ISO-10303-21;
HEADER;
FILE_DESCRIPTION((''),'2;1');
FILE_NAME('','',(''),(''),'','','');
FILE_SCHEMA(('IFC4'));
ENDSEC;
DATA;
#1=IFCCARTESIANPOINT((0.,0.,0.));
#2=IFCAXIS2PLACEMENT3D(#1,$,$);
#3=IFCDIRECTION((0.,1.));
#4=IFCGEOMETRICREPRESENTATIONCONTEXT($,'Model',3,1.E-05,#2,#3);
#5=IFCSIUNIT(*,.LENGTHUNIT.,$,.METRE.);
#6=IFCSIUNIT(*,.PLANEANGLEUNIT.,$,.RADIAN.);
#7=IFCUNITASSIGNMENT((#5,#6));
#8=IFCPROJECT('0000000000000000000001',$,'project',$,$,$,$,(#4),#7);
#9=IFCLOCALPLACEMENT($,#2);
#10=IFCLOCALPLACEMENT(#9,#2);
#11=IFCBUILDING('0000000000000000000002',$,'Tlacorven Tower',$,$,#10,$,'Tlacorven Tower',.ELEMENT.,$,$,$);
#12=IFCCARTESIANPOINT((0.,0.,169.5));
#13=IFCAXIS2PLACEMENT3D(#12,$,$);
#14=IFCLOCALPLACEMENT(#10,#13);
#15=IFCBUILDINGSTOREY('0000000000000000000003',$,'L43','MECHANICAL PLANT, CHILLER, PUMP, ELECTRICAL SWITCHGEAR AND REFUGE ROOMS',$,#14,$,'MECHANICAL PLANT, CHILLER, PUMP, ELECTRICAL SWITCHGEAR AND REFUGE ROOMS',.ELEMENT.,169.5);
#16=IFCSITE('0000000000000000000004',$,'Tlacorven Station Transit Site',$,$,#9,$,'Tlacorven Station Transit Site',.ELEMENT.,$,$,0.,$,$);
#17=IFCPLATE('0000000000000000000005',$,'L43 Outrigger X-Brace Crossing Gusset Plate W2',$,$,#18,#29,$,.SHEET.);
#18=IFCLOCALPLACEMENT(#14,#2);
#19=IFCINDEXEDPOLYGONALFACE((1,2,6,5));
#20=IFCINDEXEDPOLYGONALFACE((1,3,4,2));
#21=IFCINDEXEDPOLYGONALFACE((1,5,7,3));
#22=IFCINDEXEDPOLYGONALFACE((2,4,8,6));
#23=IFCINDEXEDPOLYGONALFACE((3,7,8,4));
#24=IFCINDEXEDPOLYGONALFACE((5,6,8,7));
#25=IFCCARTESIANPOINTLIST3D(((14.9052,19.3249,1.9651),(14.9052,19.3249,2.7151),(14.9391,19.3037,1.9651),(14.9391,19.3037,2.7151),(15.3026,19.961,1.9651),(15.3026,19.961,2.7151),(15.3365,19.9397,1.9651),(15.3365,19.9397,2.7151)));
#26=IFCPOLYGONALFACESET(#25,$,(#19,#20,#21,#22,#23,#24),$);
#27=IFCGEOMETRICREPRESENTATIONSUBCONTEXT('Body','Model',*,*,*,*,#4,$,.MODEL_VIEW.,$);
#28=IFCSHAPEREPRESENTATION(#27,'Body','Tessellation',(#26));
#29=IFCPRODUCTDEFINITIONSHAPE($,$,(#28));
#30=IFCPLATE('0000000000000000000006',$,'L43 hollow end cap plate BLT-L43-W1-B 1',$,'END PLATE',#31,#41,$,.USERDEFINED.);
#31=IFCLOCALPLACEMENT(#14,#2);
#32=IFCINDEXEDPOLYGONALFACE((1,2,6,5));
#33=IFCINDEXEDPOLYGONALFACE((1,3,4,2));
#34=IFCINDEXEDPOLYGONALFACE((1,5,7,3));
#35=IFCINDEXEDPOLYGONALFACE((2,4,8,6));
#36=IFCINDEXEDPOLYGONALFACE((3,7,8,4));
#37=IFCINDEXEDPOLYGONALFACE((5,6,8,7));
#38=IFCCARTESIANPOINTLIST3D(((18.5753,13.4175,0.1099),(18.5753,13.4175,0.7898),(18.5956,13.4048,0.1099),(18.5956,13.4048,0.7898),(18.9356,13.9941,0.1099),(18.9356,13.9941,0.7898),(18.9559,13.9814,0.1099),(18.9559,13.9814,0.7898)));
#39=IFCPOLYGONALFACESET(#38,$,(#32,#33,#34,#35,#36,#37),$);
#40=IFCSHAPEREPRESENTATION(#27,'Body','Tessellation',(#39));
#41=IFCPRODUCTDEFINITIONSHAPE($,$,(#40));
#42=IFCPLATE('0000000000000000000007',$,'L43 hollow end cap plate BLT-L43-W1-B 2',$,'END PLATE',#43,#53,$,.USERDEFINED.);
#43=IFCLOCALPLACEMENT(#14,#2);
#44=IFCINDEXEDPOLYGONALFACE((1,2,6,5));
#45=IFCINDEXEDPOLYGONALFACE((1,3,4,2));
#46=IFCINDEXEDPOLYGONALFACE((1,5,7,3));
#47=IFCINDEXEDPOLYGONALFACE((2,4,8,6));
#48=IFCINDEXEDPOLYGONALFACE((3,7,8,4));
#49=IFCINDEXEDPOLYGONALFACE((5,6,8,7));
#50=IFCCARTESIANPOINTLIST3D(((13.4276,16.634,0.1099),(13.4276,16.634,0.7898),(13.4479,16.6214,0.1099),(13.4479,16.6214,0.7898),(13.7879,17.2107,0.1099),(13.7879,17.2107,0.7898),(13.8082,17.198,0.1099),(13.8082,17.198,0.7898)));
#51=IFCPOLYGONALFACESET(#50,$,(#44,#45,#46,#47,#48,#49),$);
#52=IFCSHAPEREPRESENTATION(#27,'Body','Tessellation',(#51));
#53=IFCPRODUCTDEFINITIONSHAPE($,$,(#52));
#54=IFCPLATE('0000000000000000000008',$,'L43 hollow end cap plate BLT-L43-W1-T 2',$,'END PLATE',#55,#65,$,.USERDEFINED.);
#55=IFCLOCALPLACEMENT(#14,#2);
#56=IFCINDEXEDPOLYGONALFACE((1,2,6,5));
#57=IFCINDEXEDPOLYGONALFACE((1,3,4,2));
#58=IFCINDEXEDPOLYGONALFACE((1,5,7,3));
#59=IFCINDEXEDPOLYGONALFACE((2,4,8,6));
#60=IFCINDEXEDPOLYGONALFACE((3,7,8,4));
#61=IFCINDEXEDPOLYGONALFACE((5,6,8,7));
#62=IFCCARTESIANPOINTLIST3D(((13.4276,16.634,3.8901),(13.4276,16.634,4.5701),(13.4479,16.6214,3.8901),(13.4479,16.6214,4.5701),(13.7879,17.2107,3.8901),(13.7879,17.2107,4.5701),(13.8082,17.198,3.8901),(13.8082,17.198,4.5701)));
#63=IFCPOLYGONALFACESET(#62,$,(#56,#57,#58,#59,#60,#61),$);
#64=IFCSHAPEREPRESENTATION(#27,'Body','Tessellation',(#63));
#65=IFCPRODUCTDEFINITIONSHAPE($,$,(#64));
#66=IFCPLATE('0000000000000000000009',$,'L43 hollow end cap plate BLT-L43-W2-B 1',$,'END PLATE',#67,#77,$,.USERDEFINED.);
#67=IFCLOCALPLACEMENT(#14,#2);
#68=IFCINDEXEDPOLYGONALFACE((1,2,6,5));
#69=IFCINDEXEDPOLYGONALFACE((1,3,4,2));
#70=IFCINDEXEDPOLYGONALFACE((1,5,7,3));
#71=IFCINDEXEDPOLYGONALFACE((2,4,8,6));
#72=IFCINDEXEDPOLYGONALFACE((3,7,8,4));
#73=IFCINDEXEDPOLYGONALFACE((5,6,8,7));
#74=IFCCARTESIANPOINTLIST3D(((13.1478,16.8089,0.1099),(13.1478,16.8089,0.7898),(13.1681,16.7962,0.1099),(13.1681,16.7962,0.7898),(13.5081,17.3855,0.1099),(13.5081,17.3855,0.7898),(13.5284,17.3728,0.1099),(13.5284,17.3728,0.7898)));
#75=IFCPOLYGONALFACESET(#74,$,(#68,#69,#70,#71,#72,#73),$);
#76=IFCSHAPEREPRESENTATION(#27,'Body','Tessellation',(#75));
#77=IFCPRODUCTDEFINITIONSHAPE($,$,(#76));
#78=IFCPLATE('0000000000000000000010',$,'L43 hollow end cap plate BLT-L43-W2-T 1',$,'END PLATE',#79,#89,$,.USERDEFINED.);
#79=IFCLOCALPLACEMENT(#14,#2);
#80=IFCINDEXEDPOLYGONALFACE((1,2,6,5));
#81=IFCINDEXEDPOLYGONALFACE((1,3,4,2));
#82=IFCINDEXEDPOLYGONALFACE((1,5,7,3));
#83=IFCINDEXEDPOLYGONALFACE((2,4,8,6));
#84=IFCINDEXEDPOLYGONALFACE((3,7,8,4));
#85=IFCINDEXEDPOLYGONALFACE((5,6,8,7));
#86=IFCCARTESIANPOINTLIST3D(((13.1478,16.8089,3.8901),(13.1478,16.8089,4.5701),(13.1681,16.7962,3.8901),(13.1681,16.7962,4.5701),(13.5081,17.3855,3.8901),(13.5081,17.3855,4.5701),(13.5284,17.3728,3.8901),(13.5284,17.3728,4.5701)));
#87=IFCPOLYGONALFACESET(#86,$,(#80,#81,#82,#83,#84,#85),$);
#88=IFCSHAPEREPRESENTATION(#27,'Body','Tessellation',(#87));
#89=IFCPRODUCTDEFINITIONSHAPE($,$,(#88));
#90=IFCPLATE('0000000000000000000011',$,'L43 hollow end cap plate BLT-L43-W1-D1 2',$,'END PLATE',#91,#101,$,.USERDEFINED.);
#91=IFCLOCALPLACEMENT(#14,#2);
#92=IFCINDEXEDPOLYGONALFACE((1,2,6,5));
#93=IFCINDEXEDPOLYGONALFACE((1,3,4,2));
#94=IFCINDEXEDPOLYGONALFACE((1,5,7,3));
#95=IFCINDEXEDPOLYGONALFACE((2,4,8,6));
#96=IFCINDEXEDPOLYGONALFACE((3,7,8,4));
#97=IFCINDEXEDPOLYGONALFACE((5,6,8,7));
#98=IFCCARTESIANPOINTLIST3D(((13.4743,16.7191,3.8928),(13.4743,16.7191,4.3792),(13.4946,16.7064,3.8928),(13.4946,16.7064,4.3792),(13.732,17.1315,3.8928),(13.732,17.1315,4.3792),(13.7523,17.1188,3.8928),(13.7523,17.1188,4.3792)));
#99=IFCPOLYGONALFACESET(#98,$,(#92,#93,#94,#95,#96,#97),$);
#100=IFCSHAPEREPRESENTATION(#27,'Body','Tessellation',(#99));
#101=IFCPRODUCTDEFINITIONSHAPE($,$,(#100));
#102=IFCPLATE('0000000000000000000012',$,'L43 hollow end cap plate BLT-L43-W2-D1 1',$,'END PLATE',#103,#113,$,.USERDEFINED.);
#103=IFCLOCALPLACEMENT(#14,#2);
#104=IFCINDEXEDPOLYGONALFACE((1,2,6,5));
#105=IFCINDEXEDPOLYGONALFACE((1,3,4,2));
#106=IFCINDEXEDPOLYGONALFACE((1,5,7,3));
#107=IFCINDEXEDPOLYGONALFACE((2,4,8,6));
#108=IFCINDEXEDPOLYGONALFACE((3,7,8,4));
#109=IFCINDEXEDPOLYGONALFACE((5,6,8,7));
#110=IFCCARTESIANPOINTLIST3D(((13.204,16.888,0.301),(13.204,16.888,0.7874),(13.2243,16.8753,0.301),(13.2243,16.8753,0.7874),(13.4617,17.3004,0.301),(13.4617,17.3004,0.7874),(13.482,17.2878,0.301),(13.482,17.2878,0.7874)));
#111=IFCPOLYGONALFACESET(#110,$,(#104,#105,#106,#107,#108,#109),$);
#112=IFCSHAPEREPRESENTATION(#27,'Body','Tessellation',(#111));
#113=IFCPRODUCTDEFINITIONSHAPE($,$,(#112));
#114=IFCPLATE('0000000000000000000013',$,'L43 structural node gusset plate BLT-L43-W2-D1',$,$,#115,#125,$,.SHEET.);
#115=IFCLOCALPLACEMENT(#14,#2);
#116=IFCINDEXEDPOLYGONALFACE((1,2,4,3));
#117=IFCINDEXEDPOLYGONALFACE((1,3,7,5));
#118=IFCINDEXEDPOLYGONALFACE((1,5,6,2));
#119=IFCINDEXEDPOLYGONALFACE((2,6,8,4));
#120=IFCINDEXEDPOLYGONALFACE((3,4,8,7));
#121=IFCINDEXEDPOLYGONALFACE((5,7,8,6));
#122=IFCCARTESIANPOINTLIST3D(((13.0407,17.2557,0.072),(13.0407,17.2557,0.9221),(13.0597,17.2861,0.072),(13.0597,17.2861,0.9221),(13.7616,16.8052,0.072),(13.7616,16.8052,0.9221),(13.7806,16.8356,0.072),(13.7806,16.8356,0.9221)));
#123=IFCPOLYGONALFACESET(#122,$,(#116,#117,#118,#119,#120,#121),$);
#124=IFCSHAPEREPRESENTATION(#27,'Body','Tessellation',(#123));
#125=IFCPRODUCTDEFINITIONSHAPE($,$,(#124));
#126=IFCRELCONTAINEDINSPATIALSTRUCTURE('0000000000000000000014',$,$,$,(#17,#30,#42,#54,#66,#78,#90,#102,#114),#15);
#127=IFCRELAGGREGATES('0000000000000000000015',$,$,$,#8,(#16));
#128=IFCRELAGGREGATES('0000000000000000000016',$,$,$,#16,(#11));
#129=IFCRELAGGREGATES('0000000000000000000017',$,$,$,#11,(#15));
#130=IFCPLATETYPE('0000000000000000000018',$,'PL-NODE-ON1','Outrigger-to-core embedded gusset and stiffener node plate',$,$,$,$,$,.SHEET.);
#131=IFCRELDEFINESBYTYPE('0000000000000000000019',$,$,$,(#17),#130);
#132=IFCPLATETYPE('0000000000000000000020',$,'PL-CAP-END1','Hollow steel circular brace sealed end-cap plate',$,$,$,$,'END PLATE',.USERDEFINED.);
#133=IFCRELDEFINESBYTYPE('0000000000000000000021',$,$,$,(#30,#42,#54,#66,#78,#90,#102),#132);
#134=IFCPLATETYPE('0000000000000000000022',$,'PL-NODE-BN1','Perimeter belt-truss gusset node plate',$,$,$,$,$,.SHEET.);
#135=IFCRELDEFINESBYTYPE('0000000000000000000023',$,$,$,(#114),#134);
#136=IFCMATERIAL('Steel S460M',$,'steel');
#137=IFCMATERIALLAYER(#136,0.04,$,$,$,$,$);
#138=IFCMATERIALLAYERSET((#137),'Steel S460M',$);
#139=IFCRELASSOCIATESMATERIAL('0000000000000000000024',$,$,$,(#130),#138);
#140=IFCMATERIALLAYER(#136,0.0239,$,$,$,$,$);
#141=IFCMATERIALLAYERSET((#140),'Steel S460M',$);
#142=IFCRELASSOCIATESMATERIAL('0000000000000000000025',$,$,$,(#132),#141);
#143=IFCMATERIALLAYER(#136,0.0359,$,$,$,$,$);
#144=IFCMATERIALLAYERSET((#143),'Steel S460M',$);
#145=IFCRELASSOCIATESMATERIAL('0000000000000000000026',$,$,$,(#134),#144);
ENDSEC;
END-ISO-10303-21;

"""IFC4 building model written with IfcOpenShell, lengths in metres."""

from ifc_helpers import new_model, si_unit, direction, frame, origin, origin_2d, place, context, subcontext, project, spatial, rectangle, extrude, source, transform, mapped, material, layer, layer_set, type_object, element, save


model = new_model("IFC4")

# Units and contexts
model_context = context("Model", 3, precision=1e-05, world=origin(), true_north=direction((0.0, 1.0)))
body_context = subcontext(model_context, "Body", "Model", "MODEL_VIEW")
ifc_project = project(units=[si_unit("LENGTHUNIT", "METRE"), si_unit("PLANEANGLEUNIT", "RADIAN")], contexts=[model_context])

# Site, building, storey
site_placement = place(None, origin())
site = spatial("IfcSite", under=ifc_project, at=site_placement, Name="Tlacorven Station Transit Site", LongName="Tlacorven Station Transit Site", CompositionType="ELEMENT", RefElevation=0.0)
building_placement = place(site_placement, origin())
building = spatial("IfcBuilding", under=site, at=building_placement, Name="Tlacorven Tower", LongName="Tlacorven Tower", CompositionType="ELEMENT")
storey_placement = place(building_placement, frame((0.0, 0.0, 169.5)))
storey = spatial("IfcBuildingStorey", under=building, at=storey_placement, Name="L43", Description="MECHANICAL PLANT, CHILLER, PUMP, ELECTRICAL SWITCHGEAR AND REFUGE ROOMS", LongName="MECHANICAL PLANT, CHILLER, PUMP, ELECTRICAL SWITCHGEAR AND REFUGE ROOMS", CompositionType="ELEMENT", Elevation=169.5)

# Shared definitions
ifc_material_1 = material(Name="Steel S460M", Category="steel")

# Plates
ifc_layer_1 = layer(ifc_material_1, 0.04)
ifc_layer_set_1 = layer_set([ifc_layer_1], Name="Steel S460M")
plate_type_1 = type_object("IfcPlateType", Name="PL-NODE-ON1", Description="Outrigger-to-core embedded gusset and stiffener node plate", PredefinedType="SHEET", material=ifc_layer_set_1)
shared_shape_1 = source(origin(), body_context, "Body", "SweptSolid", [
    extrude(rectangle(XDim=0.75, YDim=0.04, at=origin_2d()), origin(), (0.0, 0.0, 1.0), 0.75),
])
plate_1_placement = place(storey_placement, frame((15.1208, 19.6323, 1.9651), z_axis=(0.0, 0.0, 1.0), x_axis=(-0.529919, -0.848048, 0.0)))
element("IfcPlate", 1, at=plate_1_placement, inside=storey, type_object=plate_type_1, Name="L43 Outrigger X-Brace Crossing Gusset Plate W2", PredefinedType="SHEET", context=body_context, shape_type="MappedRepresentation", body=[
    mapped(shared_shape_1, transform((0.0, 0.0, 0.0), scale=1.0)),
])
ifc_layer_2 = layer(ifc_material_1, 0.0239)
ifc_layer_set_2 = layer_set([ifc_layer_2], Name="Steel S460M")
plate_type_2 = type_object("IfcPlateType", Name="PL-CAP-END1", Description="Hollow steel circular brace sealed end-cap plate", ElementType="END PLATE", PredefinedType="USERDEFINED", material=ifc_layer_set_2)
shared_shape_2 = source(origin(), body_context, "Body", "SweptSolid", [
    extrude(rectangle(XDim=0.0239, YDim=0.6799, at=origin_2d()), origin(), (0.0, 0.0, 1.0), 0.6799),
])
for number, where, z_axis, x_axis, name in (
    (2, (18.7656, 13.6995, 0.1099), (0.0, 0.0, 1.0), (-0.848048, 0.529919, 0.0), "L43 hollow end cap plate BLT-L43-W1-B 1"),
    (3, (13.6179, 16.916, 0.1099), (0.0, 0.0, 1.0), (-0.848048, 0.529919, 0.0), "L43 hollow end cap plate BLT-L43-W1-B 2"),
    (4, (13.6179, 16.916, 3.8901), (0.0, 0.0, 1.0), (-0.848048, 0.529919, 0.0), "L43 hollow end cap plate BLT-L43-W1-T 2"),
    (5, (13.3381, 17.0908, 0.1099), (0.0, 0.0, 1.0), (-0.848048, 0.529919, 0.0), "L43 hollow end cap plate BLT-L43-W2-B 1"),
    (6, (13.3381, 17.0908, 3.8901), (0.0, 0.0, 1.0), (-0.848048, 0.529919, 0.0), "L43 hollow end cap plate BLT-L43-W2-T 1"),
):
    element("IfcPlate", number, at=place(storey_placement, frame(where, z_axis=z_axis, x_axis=x_axis)), inside=storey, type_object=plate_type_2, Name=name, ObjectType="END PLATE", PredefinedType="USERDEFINED", context=body_context, shape_type="MappedRepresentation", body=[
        mapped(shared_shape_2, transform((0.0, 0.0, 0.0), scale=1.0)),
    ])
shared_shape_3 = source(origin(), body_context, "Body", "SweptSolid", [
    extrude(rectangle(XDim=0.0239, YDim=0.4863, at=origin_2d()), origin(), (0.0, 0.0, 1.0), 0.4863),
])
for number, where, z_axis, x_axis, name in (
    (7, (13.6133, 16.9189, 3.8928), (0.0, 0.0, 1.0), (-0.848048, 0.529919, 0.0), "L43 hollow end cap plate BLT-L43-W1-D1 2"),
    (8, (13.343, 17.0879, 0.301), (0.0, 0.0, 1.0), (-0.848048, 0.529919, 0.0), "L43 hollow end cap plate BLT-L43-W2-D1 1"),
):
    element("IfcPlate", number, at=place(storey_placement, frame(where, z_axis=z_axis, x_axis=x_axis)), inside=storey, type_object=plate_type_2, Name=name, ObjectType="END PLATE", PredefinedType="USERDEFINED", context=body_context, shape_type="MappedRepresentation", body=[
        mapped(shared_shape_3, transform((0.0, 0.0, 0.0), scale=1.0)),
    ])
ifc_layer_3 = layer(ifc_material_1, 0.0359)
ifc_layer_set_3 = layer_set([ifc_layer_3], Name="Steel S460M")
plate_type_3 = type_object("IfcPlateType", Name="PL-NODE-BN1", Description="Perimeter belt-truss gusset node plate", PredefinedType="SHEET", material=ifc_layer_set_3)
shared_shape_4 = source(origin(), body_context, "Body", "SweptSolid", [
    extrude(rectangle(XDim=0.8501, YDim=0.0359, at=origin_2d()), origin(), (0.0, 0.0, 1.0), 0.8501),
])
plate_2_placement = place(storey_placement, frame((13.4106, 17.0457, 0.072), z_axis=(0.0, 0.0, 1.0), x_axis=(-0.848048, 0.529919, 0.0)))
element("IfcPlate", 9, at=plate_2_placement, inside=storey, type_object=plate_type_3, Name="L43 structural node gusset plate BLT-L43-W2-D1", PredefinedType="SHEET", context=body_context, shape_type="MappedRepresentation", body=[
    mapped(shared_shape_4, transform((0.0, 0.0, 0.0), scale=1.0)),
])

save(model, "model.ifc")
